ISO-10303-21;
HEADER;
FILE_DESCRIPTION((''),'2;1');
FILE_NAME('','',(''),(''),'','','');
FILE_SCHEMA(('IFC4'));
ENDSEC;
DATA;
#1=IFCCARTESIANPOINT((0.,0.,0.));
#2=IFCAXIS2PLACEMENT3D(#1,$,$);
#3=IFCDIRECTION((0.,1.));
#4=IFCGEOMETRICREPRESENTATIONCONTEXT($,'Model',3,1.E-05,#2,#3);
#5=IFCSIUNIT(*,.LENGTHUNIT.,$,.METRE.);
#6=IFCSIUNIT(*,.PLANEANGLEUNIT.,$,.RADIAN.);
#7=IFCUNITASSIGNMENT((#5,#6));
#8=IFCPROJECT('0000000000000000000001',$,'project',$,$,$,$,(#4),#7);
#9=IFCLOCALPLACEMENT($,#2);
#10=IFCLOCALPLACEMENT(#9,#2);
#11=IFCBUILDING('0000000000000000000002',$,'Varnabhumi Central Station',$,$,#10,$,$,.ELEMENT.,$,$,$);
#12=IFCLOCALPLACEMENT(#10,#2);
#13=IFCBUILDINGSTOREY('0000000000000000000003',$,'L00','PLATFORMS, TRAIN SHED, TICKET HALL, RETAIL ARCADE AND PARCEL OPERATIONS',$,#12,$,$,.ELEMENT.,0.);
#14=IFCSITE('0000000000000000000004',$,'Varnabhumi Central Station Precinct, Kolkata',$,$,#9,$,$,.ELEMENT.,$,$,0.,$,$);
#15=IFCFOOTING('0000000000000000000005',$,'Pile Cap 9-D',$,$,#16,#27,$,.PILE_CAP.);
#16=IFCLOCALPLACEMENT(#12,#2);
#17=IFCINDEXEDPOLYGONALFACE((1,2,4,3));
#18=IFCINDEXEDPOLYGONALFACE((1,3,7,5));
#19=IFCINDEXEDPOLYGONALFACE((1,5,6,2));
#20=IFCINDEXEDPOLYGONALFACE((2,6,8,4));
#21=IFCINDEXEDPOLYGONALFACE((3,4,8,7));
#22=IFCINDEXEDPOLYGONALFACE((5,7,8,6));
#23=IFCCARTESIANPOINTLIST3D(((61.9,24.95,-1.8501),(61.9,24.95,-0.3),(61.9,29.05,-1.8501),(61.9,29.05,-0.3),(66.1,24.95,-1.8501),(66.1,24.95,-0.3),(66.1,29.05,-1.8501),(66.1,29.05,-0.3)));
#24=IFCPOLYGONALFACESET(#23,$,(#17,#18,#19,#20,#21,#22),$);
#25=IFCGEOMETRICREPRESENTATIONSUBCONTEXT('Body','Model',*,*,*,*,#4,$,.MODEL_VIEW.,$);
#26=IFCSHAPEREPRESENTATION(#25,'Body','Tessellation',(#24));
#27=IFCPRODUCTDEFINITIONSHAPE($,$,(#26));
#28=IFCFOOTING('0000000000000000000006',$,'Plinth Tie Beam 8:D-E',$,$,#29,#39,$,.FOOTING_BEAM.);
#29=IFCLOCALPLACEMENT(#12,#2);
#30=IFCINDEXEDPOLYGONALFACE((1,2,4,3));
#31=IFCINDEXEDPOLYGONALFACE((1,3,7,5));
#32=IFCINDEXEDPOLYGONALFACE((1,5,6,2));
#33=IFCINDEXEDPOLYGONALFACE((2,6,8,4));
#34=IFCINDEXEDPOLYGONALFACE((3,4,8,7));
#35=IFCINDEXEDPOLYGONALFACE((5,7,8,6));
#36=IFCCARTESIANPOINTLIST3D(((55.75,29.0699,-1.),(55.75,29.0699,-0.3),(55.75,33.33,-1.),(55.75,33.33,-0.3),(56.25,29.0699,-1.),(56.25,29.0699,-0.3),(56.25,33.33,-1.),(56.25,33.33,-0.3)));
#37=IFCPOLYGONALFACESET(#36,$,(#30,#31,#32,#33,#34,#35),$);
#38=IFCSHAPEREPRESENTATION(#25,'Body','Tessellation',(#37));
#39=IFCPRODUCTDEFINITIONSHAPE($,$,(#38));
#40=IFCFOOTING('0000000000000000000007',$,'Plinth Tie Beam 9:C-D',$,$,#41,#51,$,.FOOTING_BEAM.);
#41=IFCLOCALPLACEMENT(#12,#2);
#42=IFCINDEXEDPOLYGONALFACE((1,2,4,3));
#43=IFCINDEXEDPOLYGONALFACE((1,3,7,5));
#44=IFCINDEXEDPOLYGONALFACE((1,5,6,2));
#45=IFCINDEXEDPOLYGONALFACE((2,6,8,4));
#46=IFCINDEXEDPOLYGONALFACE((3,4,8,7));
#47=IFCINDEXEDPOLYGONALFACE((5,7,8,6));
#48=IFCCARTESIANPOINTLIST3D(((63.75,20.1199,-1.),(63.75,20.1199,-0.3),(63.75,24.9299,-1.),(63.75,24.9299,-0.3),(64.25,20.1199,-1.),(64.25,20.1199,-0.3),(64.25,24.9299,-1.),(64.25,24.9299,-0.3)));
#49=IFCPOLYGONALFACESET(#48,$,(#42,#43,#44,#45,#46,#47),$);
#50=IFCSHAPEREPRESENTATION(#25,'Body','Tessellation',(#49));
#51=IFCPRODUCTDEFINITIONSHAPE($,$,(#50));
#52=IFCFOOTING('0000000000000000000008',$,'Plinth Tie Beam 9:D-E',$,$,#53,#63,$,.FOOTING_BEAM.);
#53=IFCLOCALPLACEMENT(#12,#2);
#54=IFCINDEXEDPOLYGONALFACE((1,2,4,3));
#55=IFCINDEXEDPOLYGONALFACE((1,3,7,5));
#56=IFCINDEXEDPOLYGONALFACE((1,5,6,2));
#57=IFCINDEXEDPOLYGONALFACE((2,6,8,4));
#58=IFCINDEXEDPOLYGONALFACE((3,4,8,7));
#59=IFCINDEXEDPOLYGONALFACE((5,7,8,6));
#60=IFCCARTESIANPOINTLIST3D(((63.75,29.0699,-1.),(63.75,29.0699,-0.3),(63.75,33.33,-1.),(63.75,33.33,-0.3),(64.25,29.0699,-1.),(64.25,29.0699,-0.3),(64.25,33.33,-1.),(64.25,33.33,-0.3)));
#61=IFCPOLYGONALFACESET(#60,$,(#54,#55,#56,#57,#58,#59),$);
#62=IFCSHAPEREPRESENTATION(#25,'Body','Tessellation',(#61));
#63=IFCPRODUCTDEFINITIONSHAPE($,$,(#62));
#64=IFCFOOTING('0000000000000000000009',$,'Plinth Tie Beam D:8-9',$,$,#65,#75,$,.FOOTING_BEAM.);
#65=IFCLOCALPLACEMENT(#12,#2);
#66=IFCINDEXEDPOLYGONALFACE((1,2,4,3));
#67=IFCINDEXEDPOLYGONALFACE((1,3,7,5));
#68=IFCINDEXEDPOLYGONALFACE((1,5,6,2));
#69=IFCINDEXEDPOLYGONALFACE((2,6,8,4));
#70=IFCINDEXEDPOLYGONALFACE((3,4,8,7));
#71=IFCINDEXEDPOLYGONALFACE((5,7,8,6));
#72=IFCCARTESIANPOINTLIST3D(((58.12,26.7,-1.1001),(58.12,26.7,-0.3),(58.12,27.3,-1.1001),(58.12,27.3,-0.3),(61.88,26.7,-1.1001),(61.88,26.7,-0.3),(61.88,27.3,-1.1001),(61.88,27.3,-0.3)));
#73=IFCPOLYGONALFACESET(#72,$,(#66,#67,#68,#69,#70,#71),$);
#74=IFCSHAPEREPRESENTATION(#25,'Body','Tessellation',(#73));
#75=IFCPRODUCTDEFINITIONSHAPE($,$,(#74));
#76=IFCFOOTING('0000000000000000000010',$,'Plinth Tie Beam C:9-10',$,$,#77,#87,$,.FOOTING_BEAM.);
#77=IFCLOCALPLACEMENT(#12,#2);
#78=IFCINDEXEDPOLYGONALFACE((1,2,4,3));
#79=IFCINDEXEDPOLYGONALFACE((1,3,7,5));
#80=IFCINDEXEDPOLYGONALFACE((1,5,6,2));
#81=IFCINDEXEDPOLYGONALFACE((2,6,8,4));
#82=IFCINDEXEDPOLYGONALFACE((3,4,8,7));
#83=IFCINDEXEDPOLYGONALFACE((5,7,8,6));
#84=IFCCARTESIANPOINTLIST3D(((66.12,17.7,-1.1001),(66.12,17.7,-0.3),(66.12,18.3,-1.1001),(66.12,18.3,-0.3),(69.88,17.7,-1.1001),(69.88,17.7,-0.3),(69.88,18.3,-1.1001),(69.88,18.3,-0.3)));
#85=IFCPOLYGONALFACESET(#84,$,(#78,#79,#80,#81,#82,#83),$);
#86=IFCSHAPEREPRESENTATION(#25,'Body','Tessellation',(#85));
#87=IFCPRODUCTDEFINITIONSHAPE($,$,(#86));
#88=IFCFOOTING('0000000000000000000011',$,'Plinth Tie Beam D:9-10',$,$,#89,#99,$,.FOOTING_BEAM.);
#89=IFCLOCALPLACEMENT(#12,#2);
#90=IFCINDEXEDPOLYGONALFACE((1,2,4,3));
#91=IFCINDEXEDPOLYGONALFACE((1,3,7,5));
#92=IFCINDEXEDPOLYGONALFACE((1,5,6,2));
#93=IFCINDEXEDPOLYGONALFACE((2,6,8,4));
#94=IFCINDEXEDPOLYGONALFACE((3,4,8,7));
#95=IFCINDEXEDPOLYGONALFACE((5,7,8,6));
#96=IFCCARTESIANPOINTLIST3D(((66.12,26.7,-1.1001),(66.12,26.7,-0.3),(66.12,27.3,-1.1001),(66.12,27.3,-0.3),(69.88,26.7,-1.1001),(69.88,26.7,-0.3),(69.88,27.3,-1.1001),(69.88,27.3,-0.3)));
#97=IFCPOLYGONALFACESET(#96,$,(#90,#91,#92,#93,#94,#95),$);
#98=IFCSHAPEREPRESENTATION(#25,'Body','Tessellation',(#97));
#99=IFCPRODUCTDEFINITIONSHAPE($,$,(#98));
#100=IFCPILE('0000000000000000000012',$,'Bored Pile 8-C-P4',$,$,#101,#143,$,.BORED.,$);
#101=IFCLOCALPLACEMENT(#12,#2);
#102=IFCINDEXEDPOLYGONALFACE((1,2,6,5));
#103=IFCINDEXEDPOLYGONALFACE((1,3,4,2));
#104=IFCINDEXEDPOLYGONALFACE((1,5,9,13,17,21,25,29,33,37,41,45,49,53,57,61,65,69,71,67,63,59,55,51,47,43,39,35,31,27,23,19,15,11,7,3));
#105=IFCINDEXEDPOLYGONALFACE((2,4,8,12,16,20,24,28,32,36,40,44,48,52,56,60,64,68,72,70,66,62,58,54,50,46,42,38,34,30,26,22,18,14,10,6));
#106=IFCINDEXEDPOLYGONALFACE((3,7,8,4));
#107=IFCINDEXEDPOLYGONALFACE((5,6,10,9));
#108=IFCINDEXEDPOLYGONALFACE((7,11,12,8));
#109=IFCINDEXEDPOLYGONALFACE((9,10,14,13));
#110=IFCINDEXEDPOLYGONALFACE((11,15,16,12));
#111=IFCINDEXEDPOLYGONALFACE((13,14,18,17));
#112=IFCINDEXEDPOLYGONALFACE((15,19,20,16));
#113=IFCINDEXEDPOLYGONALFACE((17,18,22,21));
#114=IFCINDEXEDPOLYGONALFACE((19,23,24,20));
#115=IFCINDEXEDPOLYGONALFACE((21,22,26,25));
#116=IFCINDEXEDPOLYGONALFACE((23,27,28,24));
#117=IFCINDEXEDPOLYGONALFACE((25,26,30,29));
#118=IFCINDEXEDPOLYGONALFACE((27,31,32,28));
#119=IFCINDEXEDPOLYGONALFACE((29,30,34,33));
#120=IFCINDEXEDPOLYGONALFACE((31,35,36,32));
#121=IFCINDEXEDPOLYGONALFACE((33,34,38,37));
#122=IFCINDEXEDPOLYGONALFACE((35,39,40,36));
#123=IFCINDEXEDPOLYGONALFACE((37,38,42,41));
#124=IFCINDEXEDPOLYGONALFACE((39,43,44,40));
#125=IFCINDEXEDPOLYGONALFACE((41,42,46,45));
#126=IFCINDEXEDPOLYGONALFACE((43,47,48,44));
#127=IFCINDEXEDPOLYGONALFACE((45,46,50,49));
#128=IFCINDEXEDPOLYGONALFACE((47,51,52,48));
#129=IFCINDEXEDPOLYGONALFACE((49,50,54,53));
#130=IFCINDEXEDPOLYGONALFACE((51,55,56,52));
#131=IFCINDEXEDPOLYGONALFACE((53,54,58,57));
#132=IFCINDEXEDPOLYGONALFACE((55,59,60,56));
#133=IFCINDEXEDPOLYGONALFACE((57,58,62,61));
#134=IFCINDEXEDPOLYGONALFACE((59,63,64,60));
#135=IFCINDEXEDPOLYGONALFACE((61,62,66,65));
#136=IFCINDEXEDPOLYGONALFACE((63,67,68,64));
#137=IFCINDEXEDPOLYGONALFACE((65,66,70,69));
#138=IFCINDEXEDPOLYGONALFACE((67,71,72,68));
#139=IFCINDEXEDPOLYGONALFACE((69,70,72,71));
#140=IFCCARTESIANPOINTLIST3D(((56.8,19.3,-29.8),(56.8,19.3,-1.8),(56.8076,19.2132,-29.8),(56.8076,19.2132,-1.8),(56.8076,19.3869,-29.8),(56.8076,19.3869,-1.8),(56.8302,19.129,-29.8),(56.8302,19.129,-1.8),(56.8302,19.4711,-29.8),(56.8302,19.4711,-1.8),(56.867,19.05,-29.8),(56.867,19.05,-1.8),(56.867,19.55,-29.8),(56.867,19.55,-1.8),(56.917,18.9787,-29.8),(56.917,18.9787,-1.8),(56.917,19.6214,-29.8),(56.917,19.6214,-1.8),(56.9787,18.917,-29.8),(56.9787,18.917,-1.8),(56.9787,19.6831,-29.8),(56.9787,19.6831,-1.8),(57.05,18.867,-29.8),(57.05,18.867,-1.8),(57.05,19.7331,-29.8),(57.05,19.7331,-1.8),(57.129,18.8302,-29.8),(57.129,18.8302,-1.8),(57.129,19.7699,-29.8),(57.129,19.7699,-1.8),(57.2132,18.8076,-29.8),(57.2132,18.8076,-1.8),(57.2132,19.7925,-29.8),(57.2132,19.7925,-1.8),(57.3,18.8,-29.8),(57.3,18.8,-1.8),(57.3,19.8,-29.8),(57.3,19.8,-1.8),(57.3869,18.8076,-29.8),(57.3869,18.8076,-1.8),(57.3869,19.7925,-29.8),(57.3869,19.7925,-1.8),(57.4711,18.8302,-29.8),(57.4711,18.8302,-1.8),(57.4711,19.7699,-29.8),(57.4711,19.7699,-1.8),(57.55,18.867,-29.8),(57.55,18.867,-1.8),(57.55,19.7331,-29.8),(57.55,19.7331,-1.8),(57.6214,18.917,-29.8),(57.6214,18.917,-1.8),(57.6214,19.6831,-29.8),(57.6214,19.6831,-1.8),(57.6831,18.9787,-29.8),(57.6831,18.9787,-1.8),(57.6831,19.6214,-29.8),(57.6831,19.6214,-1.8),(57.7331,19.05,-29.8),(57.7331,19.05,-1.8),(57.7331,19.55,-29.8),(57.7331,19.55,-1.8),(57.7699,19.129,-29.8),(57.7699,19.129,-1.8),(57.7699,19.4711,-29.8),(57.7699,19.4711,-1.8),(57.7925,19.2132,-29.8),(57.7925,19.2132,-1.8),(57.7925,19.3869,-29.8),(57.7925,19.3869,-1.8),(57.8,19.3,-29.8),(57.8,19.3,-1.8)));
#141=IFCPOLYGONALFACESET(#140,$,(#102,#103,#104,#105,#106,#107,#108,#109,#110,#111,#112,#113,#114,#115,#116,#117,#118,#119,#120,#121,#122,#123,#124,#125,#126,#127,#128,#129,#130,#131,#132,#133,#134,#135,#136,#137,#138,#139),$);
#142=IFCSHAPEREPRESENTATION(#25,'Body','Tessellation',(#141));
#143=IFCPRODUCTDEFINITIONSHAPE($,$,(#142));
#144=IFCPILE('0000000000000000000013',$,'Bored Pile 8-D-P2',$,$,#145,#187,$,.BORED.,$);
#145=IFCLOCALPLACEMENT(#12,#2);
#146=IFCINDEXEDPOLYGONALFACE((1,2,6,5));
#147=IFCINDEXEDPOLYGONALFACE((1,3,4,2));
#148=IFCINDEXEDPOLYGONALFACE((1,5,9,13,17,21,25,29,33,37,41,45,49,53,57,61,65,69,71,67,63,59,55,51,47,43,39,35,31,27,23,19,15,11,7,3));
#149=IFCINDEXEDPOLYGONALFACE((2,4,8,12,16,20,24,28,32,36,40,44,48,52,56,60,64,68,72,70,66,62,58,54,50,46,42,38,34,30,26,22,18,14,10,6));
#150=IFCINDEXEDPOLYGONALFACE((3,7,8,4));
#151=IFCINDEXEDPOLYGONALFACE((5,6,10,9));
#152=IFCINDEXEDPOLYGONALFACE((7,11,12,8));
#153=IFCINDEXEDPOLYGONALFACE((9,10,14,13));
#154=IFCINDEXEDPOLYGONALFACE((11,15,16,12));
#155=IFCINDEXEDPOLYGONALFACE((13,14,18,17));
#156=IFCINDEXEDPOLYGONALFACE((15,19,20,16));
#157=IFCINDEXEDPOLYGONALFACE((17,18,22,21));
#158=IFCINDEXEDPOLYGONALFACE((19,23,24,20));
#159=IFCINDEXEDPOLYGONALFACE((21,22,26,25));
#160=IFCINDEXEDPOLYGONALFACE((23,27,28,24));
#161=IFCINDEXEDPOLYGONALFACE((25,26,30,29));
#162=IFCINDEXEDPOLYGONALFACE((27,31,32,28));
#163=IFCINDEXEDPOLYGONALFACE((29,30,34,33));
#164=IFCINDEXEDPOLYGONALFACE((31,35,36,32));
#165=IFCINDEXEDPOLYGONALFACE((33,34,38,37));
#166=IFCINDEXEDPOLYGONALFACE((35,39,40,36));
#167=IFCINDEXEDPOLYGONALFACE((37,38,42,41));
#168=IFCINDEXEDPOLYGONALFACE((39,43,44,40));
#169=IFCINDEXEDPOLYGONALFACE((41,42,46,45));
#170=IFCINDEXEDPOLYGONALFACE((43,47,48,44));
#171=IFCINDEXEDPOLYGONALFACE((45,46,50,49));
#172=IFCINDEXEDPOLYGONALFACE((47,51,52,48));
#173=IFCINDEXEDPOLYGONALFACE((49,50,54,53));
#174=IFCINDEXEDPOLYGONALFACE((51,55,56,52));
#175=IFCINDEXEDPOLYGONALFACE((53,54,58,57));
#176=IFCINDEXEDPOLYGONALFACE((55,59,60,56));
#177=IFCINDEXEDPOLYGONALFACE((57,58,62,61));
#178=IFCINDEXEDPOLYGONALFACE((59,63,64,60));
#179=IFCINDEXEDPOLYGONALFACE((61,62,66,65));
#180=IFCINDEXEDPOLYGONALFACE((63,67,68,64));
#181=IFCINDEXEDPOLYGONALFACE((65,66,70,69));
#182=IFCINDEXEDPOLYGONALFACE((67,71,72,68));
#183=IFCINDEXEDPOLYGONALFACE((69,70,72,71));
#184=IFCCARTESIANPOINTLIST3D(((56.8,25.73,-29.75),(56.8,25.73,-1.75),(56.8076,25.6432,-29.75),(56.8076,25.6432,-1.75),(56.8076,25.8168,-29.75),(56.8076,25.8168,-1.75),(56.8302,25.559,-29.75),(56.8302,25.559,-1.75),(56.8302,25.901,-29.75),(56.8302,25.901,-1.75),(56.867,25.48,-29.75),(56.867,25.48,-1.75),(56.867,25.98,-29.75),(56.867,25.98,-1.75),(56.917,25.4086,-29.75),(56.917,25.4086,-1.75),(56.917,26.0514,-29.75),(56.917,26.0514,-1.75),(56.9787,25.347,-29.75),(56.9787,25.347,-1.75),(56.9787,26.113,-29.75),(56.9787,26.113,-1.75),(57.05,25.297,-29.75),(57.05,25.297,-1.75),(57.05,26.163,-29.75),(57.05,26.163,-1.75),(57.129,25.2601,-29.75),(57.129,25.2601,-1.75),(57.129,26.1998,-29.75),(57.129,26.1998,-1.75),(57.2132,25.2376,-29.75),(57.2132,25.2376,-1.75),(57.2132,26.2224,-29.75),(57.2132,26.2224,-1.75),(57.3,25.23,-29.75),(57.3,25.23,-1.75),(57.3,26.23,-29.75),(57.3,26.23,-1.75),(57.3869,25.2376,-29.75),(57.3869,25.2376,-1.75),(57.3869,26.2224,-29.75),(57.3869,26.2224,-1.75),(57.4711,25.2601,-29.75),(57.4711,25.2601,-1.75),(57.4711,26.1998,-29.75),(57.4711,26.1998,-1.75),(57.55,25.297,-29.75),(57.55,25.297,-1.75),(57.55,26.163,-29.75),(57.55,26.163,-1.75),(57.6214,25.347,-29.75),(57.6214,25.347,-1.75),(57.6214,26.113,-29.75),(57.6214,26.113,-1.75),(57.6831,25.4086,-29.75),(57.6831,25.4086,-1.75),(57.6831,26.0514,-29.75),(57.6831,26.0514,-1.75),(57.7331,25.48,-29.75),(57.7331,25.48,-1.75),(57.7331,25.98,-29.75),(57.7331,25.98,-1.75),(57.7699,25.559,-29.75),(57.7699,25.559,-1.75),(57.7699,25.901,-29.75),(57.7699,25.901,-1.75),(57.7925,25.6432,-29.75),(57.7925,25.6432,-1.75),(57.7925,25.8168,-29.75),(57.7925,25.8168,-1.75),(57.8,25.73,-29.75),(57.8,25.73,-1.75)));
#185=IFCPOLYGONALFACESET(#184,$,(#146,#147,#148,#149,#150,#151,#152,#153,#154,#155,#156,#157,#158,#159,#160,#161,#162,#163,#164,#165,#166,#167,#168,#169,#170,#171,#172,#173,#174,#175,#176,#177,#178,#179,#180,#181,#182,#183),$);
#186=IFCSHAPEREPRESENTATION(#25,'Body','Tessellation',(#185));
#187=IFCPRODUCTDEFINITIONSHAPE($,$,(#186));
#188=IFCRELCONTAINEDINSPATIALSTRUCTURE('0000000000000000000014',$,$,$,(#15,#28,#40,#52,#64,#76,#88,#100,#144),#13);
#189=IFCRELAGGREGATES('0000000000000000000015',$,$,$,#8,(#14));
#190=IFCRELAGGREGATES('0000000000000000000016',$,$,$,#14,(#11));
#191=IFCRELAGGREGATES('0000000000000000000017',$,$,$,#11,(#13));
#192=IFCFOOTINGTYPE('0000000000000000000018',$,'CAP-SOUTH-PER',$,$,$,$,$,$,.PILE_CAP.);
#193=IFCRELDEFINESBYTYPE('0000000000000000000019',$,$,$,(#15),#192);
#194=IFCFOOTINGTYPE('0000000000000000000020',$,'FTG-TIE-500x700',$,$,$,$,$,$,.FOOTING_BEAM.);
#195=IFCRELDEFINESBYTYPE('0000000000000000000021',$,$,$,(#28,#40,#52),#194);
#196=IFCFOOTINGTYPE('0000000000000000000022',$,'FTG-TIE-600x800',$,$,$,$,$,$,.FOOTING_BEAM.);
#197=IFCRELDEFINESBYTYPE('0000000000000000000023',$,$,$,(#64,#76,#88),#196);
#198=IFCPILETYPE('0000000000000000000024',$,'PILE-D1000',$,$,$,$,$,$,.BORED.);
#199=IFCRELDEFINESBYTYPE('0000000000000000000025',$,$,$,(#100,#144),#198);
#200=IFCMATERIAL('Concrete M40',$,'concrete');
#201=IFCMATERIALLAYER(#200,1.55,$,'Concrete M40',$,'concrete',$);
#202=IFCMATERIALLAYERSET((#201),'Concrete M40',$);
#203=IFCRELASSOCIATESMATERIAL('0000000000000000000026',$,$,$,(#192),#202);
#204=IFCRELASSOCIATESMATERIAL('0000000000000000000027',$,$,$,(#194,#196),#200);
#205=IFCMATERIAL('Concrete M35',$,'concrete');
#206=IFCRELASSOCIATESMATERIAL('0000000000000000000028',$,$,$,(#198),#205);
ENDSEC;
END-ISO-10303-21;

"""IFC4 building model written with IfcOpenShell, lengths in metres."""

from ifc_helpers import new_model, si_unit, direction, frame, origin, origin_2d, place, context, subcontext, project, spatial, rectangle, circle, extrude, material, layer, layer_set, material_profile, profile_set, type_object, element, save


model = new_model("IFC4")

# Units and contexts
model_context = context("Model", 3, precision=1e-05, world=origin(), true_north=direction((0.0, 1.0)))
body_context = subcontext(model_context, "Body", "Model", "MODEL_VIEW")
ifc_project = project(units=[si_unit("LENGTHUNIT", "METRE"), si_unit("PLANEANGLEUNIT", "RADIAN")], contexts=[model_context])

# Site, building, storey
site_placement = place(None, origin())
site = spatial("IfcSite", under=ifc_project, at=site_placement, Name="Varnabhumi Central Station Precinct, Kolkata", CompositionType="ELEMENT", RefElevation=0.0)
building_placement = place(site_placement, origin())
building = spatial("IfcBuilding", under=site, at=building_placement, Name="Varnabhumi Central Station", CompositionType="ELEMENT")
storey_placement = place(building_placement, origin())
storey = spatial("IfcBuildingStorey", under=building, at=storey_placement, Name="L00", Description="PLATFORMS, TRAIN SHED, TICKET HALL, RETAIL ARCADE AND PARCEL OPERATIONS", CompositionType="ELEMENT", Elevation=0.0)

# Footings
ifc_material_1 = material(Name="Concrete M40", Category="concrete")
ifc_layer_1 = layer(ifc_material_1, 1.55, Name="Concrete M40", Category="concrete")
ifc_layer_set_1 = layer_set([ifc_layer_1], Name="Concrete M40")
footing_type_1 = type_object("IfcFootingType", Name="CAP-SOUTH-PER", PredefinedType="PILE_CAP", material=ifc_layer_set_1)
footing_1_placement = place(storey_placement, frame((64.0, 27.0, -1.8501), z_axis=(0.0, 0.0, 1.0), x_axis=(1.0, 0.0, 0.0)))
element("IfcFooting", 1, at=footing_1_placement, inside=storey, type_object=footing_type_1, Name="Pile Cap 9-D", PredefinedType="PILE_CAP", context=body_context, shape_type="SweptSolid", body=[
    extrude(rectangle(XDim=4.2, YDim=4.1001, at=origin_2d()), origin(), (0.0, 0.0, 1.0), 1.55),
])
footing_type_2 = type_object("IfcFootingType", Name="FTG-TIE-500x700", PredefinedType="FOOTING_BEAM", material=ifc_material_1)
footing_2_placement = place(storey_placement, frame((56.0, 31.2, -1.0), z_axis=(0.0, 0.0, 1.0), x_axis=(1.0, 0.0, 0.0)))
element("IfcFooting", 2, at=footing_2_placement, inside=storey, type_object=footing_type_2, Name="Plinth Tie Beam 8:D-E", PredefinedType="FOOTING_BEAM", context=body_context, shape_type="SweptSolid", body=[
    extrude(rectangle(XDim=0.5, YDim=4.26, at=origin_2d()), origin(), (0.0, 0.0, 1.0), 0.7),
])
footing_3_placement = place(storey_placement, frame((64.0, 22.5249, -1.0), z_axis=(0.0, 0.0, 1.0), x_axis=(1.0, 0.0, 0.0)))
element("IfcFooting", 3, at=footing_3_placement, inside=storey, type_object=footing_type_2, Name="Plinth Tie Beam 9:C-D", PredefinedType="FOOTING_BEAM", context=body_context, shape_type="SweptSolid", body=[
    extrude(rectangle(XDim=0.5, YDim=4.8101, at=origin_2d()), origin(), (0.0, 0.0, 1.0), 0.7),
])
footing_4_placement = place(storey_placement, frame((64.0, 31.2, -1.0), z_axis=(0.0, 0.0, 1.0), x_axis=(1.0, 0.0, 0.0)))
element("IfcFooting", 4, at=footing_4_placement, inside=storey, type_object=footing_type_2, Name="Plinth Tie Beam 9:D-E", PredefinedType="FOOTING_BEAM", context=body_context, shape_type="SweptSolid", body=[
    extrude(rectangle(XDim=0.5, YDim=4.26, at=origin_2d()), origin(), (0.0, 0.0, 1.0), 0.7),
])
footing_type_3 = type_object("IfcFootingType", Name="FTG-TIE-600x800", PredefinedType="FOOTING_BEAM", material=ifc_material_1)
for number, where, z_axis, x_axis, name in (
    (5, (60.0, 27.0, -1.1001), (0.0, 0.0, 1.0), (1.0, 0.0, 0.0), "Plinth Tie Beam D:8-9"),
    (6, (68.0, 18.0, -1.1001), (0.0, 0.0, 1.0), (1.0, 0.0, 0.0), "Plinth Tie Beam C:9-10"),
    (7, (68.0, 27.0, -1.1001), (0.0, 0.0, 1.0), (1.0, 0.0, 0.0), "Plinth Tie Beam D:9-10"),
):
    element("IfcFooting", number, at=place(storey_placement, frame(where, z_axis=z_axis, x_axis=x_axis)), inside=storey, type_object=footing_type_3, Name=name, PredefinedType="FOOTING_BEAM", context=body_context, shape_type="SweptSolid", body=[
        extrude(rectangle(XDim=3.76, YDim=0.6001, at=origin_2d()), origin(), (0.0, 0.0, 1.0), 0.8),
    ])

# Piles
ifc_material_2 = material(Name="Concrete M35", Category="concrete")
ifc_material_profile_1 = material_profile(ifc_material_2, circle(Radius=0.5, at=origin_2d()), Name="Concrete M35", Category="concrete")
ifc_profile_set_1 = profile_set([ifc_material_profile_1], Name="Concrete M35")
pile_type = type_object("IfcPileType", Name="PILE-D1000", PredefinedType="BORED", material=ifc_profile_set_1)
for number, where, z_axis, x_axis, name in (
    (8, (57.3, 19.3, -1.8), (0.0, 0.0, -1.0), (1.0, 0.0, 0.0), "Bored Pile 8-C-P4"),
    (9, (57.3, 25.73, -1.75), (0.0, 0.0, -1.0), (1.0, 0.0, 0.0), "Bored Pile 8-D-P2"),
):
    element("IfcPile", number, at=place(storey_placement, frame(where, z_axis=z_axis, x_axis=x_axis)), inside=storey, type_object=pile_type, Name=name, PredefinedType="BORED", context=body_context, shape_type="SweptSolid", body=[
        extrude(circle(Radius=0.5, at=origin_2d()), origin(), (0.0, 0.0, 1.0), 28.0),
    ])

save(model, "model.ifc")
